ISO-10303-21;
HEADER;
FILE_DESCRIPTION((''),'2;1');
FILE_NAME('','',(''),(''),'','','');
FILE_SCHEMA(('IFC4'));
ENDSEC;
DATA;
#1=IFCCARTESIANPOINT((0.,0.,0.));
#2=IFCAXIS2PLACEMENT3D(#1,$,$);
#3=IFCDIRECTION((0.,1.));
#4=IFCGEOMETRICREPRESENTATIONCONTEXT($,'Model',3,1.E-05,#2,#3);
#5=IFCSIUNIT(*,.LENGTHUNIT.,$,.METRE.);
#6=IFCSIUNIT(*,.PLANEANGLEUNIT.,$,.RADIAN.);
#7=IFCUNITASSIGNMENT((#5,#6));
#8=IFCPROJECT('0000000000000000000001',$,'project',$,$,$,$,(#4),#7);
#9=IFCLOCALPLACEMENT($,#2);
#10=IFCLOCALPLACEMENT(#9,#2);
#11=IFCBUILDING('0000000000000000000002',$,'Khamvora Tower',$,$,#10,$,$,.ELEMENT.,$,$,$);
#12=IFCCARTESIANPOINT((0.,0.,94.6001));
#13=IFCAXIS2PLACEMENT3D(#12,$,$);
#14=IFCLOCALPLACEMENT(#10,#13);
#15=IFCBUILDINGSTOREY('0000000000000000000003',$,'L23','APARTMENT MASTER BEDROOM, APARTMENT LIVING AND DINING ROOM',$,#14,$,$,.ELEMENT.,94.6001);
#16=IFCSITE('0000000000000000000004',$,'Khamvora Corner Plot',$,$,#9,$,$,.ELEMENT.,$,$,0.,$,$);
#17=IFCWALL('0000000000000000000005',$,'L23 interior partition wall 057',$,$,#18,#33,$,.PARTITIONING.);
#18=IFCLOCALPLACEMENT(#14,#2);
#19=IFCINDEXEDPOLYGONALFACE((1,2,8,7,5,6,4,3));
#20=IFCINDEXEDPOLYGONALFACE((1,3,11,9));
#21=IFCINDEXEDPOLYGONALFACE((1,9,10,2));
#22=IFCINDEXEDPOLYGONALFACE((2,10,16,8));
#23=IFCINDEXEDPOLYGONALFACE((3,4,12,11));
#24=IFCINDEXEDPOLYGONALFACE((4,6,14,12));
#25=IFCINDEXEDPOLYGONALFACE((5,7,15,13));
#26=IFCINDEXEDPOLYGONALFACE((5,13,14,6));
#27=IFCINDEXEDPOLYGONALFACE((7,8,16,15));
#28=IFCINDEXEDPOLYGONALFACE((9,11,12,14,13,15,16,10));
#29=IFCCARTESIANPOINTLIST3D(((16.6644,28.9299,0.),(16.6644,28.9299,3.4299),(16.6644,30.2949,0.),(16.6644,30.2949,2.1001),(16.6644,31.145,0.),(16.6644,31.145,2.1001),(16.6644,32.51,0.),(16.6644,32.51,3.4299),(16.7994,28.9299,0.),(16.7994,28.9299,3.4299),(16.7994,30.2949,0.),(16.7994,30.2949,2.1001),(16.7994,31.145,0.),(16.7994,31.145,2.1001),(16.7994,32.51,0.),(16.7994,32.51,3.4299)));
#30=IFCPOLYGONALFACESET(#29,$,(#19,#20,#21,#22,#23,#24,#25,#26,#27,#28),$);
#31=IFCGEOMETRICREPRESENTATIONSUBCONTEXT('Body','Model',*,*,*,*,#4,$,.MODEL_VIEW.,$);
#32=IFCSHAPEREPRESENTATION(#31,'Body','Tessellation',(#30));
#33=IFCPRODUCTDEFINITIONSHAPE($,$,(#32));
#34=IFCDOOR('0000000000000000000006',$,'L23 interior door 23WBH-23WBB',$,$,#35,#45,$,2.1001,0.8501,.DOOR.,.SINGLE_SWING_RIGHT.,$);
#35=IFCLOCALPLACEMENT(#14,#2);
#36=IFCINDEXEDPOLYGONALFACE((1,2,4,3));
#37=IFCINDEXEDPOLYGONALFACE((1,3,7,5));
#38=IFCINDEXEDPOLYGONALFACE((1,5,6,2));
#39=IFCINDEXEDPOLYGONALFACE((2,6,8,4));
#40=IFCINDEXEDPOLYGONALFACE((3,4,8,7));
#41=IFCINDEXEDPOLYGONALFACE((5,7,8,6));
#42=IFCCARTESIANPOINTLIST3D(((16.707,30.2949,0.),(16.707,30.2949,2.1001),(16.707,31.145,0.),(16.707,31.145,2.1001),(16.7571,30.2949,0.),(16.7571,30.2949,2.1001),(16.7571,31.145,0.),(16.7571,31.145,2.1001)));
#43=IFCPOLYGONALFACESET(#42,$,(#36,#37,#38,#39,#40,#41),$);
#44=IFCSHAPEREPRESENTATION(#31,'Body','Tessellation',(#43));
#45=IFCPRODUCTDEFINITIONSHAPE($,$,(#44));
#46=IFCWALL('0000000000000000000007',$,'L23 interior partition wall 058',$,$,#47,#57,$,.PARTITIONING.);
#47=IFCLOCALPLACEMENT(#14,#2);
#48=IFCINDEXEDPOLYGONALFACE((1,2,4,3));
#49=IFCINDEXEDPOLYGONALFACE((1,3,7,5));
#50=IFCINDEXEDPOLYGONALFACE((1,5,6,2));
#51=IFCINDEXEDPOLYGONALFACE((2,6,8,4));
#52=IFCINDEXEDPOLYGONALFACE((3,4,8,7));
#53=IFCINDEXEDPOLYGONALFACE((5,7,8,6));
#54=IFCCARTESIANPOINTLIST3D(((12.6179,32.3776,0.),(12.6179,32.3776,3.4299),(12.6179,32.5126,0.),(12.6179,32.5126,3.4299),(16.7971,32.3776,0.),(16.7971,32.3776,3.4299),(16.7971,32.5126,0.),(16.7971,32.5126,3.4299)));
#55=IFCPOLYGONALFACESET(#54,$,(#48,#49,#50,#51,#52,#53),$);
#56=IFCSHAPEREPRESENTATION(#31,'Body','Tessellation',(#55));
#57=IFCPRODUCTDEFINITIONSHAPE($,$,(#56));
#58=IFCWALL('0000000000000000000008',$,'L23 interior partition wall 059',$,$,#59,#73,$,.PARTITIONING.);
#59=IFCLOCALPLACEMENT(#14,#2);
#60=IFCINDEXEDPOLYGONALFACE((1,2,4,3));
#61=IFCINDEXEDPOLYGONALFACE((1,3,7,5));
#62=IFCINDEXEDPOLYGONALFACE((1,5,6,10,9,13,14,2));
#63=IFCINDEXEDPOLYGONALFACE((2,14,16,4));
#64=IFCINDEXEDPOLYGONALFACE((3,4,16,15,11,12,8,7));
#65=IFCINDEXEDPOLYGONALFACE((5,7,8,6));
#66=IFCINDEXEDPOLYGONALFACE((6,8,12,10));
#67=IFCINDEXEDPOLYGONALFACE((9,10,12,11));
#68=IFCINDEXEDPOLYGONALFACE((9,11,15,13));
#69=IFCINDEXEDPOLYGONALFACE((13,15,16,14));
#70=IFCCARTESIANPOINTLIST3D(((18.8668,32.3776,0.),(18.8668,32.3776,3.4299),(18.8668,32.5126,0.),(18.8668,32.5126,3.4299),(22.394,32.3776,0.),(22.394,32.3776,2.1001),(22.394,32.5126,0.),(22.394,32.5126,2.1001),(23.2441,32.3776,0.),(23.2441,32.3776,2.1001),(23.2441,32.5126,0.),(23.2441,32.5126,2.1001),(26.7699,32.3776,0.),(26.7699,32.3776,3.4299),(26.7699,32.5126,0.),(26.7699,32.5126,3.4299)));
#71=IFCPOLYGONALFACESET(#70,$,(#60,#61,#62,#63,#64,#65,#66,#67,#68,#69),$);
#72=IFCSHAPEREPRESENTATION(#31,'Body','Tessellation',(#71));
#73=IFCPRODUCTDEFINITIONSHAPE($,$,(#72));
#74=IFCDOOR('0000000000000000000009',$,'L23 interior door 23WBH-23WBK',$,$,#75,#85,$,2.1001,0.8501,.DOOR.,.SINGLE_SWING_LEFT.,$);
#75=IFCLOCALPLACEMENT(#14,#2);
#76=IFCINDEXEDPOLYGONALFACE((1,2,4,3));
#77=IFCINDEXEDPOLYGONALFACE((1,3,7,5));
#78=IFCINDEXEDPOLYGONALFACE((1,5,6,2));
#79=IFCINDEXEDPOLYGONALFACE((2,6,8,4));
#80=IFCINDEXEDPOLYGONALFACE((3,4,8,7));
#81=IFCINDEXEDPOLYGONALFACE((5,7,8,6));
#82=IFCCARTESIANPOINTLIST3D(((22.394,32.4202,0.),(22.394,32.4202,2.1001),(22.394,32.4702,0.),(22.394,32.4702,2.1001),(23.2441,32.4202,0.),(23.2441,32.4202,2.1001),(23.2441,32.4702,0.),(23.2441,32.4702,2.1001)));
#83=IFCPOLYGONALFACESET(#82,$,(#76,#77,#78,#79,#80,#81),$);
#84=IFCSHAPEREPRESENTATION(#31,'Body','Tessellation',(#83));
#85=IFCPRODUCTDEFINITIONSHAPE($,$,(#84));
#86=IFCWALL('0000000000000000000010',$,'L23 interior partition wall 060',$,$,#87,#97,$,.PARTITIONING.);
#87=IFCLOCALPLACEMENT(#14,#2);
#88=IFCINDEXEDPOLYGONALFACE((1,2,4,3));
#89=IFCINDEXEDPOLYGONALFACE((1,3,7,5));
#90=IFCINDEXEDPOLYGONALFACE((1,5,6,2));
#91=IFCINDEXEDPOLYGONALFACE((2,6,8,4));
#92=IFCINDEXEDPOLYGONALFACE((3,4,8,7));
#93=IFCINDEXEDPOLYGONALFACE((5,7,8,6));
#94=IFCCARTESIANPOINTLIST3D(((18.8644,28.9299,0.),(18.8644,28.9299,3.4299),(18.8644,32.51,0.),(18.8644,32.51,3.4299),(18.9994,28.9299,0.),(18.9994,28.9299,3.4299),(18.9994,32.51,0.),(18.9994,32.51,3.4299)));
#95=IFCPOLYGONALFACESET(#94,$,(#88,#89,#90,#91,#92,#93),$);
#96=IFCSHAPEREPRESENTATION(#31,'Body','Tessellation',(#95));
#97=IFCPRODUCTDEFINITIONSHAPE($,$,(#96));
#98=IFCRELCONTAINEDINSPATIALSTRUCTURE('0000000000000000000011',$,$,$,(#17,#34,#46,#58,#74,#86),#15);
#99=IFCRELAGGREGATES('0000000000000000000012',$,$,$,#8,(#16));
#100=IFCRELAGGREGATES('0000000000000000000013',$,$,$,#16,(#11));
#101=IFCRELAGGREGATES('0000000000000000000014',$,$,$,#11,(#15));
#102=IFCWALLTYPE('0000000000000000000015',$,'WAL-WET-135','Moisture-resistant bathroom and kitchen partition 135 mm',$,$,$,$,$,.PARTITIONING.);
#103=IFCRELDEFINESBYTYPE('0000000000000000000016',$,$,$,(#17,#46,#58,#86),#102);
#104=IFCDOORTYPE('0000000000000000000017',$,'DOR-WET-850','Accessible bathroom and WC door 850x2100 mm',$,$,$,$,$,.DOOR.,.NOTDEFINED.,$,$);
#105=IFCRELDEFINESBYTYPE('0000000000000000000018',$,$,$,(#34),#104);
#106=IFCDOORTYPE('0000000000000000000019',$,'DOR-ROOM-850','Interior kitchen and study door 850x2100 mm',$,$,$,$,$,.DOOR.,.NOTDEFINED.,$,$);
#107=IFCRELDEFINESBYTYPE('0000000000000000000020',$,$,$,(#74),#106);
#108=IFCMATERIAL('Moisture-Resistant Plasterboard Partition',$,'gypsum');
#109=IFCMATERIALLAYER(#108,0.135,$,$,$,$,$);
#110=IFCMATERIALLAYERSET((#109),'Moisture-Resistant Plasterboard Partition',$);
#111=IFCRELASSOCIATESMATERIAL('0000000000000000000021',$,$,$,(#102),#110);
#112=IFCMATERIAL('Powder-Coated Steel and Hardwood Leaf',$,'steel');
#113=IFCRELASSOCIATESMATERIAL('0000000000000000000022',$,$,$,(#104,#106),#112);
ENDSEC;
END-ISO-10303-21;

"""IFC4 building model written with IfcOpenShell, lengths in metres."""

from ifc_helpers import new_model, si_unit, direction, frame, frame_2d, origin, place, context, subcontext, project, spatial, rectangle, extrude, material, layer, layer_set, type_object, element, fill, save


model = new_model("IFC4")

# Units and contexts
model_context = context("Model", 3, precision=1e-05, world=origin(), true_north=direction((0.0, 1.0)))
body_context = subcontext(model_context, "Body", "Model", "MODEL_VIEW")
ifc_project = project(units=[si_unit("LENGTHUNIT", "METRE"), si_unit("PLANEANGLEUNIT", "RADIAN")], contexts=[model_context])

# Site, building, storey
site_placement = place(None, origin())
site = spatial("IfcSite", under=ifc_project, at=site_placement, Name="Khamvora Corner Plot", CompositionType="ELEMENT", RefElevation=0.0)
building_placement = place(site_placement, origin())
building = spatial("IfcBuilding", under=site, at=building_placement, Name="Khamvora Tower", CompositionType="ELEMENT")
storey_placement = place(building_placement, frame((0.0, 0.0, 94.6001)))
storey = spatial("IfcBuildingStorey", under=building, at=storey_placement, Name="L23", Description="APARTMENT MASTER BEDROOM, APARTMENT LIVING AND DINING ROOM", CompositionType="ELEMENT", Elevation=94.6001)

# Shared definitions
ifc_material_1 = material(Name="Powder-Coated Steel and Hardwood Leaf", Category="steel")

# Wall, opening, door
ifc_material_2 = material(Name="Moisture-Resistant Plasterboard Partition", Category="gypsum")
ifc_layer_1 = layer(ifc_material_2, 0.135)
ifc_layer_set_1 = layer_set([ifc_layer_1], Name="Moisture-Resistant Plasterboard Partition")
wall_type_1 = type_object("IfcWallType", Name="WAL-WET-135", Description="Moisture-resistant bathroom and kitchen partition 135 mm", PredefinedType="PARTITIONING", material=ifc_layer_set_1)
wall_1_placement = place(storey_placement, frame((16.7319, 28.9299, 0.0), z_axis=(0.0, 0.0, 1.0), x_axis=(0.0, 1.0, 0.0)))
wall_1 = element("IfcWall", 1, at=wall_1_placement, inside=storey, type_object=wall_type_1, Name="L23 interior partition wall 057", PredefinedType="PARTITIONING", context=body_context, shape_type="SweptSolid", body=[
    extrude(rectangle(XDim=3.5801, YDim=0.135, at=frame_2d((1.79, 0.0))), origin(), (0.0, 0.0, 1.0), 3.4299),
])
opening_1_placement = place(wall_1_placement, frame((1.365, 0.0, 0.0)))
opening_1 = element("IfcOpeningElement", 2, at=opening_1_placement, cuts=wall_1, PredefinedType="OPENING", context=body_context, shape_type="SweptSolid", body=[
    extrude(rectangle(XDim=0.8501, YDim=2.1001, at=frame_2d((0.425, 1.05))), frame((0.0, 0.0774, 0.0), z_axis=(0.0, -1.0, 0.0), x_axis=(1.0, 0.0, 0.0)), (0.0, 0.0, 1.0), 0.155),
])
door_type_1 = type_object("IfcDoorType", Name="DOR-WET-850", Description="Accessible bathroom and WC door 850x2100 mm", OperationType="NOTDEFINED", PredefinedType="DOOR", material=ifc_material_1)
door_1_placement = place(opening_1_placement, origin())
door_1 = element("IfcDoor", 3, at=door_1_placement, inside=storey, type_object=door_type_1, Name="L23 interior door 23WBH-23WBB", OperationType="SINGLE_SWING_RIGHT", OverallHeight=2.1001, OverallWidth=0.8501, PredefinedType="DOOR", context=body_context, shape_type="SweptSolid", body=[
    extrude(rectangle(XDim=0.8501, YDim=2.1001, at=frame_2d((0.425, 1.05))), frame((0.0, 0.0249, 0.0), z_axis=(0.0, -1.0, 0.0), x_axis=(1.0, 0.0, 0.0)), (0.0, 0.0, 1.0), 0.05),
])
fill(opening_1, door_1)

# Wall
wall_2_placement = place(storey_placement, frame((16.7971, 32.4451, 0.0), z_axis=(0.0, 0.0, 1.0), x_axis=(-1.0, 0.0, 0.0)))
element("IfcWall", 4, at=wall_2_placement, inside=storey, type_object=wall_type_1, Name="L23 interior partition wall 058", PredefinedType="PARTITIONING", context=body_context, shape_type="SweptSolid", body=[
    extrude(rectangle(XDim=4.1792, YDim=0.135, at=frame_2d((2.0896, 0.0))), origin(), (0.0, 0.0, 1.0), 3.4299),
])

# Wall, opening, door
wall_3_placement = place(storey_placement, frame((26.77, 32.4451, 0.0), z_axis=(0.0, 0.0, 1.0), x_axis=(-1.0, 0.0, 0.0)))
wall_3 = element("IfcWall", 5, at=wall_3_placement, inside=storey, type_object=wall_type_1, Name="L23 interior partition wall 059", PredefinedType="PARTITIONING", context=body_context, shape_type="SweptSolid", body=[
    extrude(rectangle(XDim=7.9031, YDim=0.135, at=frame_2d((3.9517, 0.0))), origin(), (0.0, 0.0, 1.0), 3.4299),
])
opening_2_placement = place(wall_3_placement, frame((3.5259, 0.0, 0.0)))
opening_2 = element("IfcOpeningElement", 6, at=opening_2_placement, cuts=wall_3, PredefinedType="OPENING", context=body_context, shape_type="SweptSolid", body=[
    extrude(rectangle(XDim=0.8501, YDim=2.1001, at=frame_2d((0.425, 1.05))), frame((0.0, 0.0774, 0.0), z_axis=(0.0, -1.0, 0.0), x_axis=(1.0, 0.0, 0.0)), (0.0, 0.0, 1.0), 0.155),
])
door_type_2 = type_object("IfcDoorType", Name="DOR-ROOM-850", Description="Interior kitchen and study door 850x2100 mm", OperationType="NOTDEFINED", PredefinedType="DOOR", material=ifc_material_1)
door_2_placement = place(opening_2_placement, origin())
door_2 = element("IfcDoor", 7, at=door_2_placement, inside=storey, type_object=door_type_2, Name="L23 interior door 23WBH-23WBK", OperationType="SINGLE_SWING_LEFT", OverallHeight=2.1001, OverallWidth=0.8501, PredefinedType="DOOR", context=body_context, shape_type="SweptSolid", body=[
    extrude(rectangle(XDim=0.8501, YDim=2.1001, at=frame_2d((0.425, 1.05))), frame((0.0, 0.0249, 0.0), z_axis=(0.0, -1.0, 0.0), x_axis=(1.0, 0.0, 0.0)), (0.0, 0.0, 1.0), 0.05),
])
fill(opening_2, door_2)

# Wall
wall_4_placement = place(storey_placement, frame((18.9319, 32.51, 0.0), z_axis=(0.0, 0.0, 1.0), x_axis=(0.0, -1.0, 0.0)))
element("IfcWall", 8, at=wall_4_placement, inside=storey, type_object=wall_type_1, Name="L23 interior partition wall 060", PredefinedType="PARTITIONING", context=body_context, shape_type="SweptSolid", body=[
    extrude(rectangle(XDim=3.5801, YDim=0.135, at=frame_2d((1.79, 0.0))), origin(), (0.0, 0.0, 1.0), 3.4299),
])

save(model, "model.ifc")
